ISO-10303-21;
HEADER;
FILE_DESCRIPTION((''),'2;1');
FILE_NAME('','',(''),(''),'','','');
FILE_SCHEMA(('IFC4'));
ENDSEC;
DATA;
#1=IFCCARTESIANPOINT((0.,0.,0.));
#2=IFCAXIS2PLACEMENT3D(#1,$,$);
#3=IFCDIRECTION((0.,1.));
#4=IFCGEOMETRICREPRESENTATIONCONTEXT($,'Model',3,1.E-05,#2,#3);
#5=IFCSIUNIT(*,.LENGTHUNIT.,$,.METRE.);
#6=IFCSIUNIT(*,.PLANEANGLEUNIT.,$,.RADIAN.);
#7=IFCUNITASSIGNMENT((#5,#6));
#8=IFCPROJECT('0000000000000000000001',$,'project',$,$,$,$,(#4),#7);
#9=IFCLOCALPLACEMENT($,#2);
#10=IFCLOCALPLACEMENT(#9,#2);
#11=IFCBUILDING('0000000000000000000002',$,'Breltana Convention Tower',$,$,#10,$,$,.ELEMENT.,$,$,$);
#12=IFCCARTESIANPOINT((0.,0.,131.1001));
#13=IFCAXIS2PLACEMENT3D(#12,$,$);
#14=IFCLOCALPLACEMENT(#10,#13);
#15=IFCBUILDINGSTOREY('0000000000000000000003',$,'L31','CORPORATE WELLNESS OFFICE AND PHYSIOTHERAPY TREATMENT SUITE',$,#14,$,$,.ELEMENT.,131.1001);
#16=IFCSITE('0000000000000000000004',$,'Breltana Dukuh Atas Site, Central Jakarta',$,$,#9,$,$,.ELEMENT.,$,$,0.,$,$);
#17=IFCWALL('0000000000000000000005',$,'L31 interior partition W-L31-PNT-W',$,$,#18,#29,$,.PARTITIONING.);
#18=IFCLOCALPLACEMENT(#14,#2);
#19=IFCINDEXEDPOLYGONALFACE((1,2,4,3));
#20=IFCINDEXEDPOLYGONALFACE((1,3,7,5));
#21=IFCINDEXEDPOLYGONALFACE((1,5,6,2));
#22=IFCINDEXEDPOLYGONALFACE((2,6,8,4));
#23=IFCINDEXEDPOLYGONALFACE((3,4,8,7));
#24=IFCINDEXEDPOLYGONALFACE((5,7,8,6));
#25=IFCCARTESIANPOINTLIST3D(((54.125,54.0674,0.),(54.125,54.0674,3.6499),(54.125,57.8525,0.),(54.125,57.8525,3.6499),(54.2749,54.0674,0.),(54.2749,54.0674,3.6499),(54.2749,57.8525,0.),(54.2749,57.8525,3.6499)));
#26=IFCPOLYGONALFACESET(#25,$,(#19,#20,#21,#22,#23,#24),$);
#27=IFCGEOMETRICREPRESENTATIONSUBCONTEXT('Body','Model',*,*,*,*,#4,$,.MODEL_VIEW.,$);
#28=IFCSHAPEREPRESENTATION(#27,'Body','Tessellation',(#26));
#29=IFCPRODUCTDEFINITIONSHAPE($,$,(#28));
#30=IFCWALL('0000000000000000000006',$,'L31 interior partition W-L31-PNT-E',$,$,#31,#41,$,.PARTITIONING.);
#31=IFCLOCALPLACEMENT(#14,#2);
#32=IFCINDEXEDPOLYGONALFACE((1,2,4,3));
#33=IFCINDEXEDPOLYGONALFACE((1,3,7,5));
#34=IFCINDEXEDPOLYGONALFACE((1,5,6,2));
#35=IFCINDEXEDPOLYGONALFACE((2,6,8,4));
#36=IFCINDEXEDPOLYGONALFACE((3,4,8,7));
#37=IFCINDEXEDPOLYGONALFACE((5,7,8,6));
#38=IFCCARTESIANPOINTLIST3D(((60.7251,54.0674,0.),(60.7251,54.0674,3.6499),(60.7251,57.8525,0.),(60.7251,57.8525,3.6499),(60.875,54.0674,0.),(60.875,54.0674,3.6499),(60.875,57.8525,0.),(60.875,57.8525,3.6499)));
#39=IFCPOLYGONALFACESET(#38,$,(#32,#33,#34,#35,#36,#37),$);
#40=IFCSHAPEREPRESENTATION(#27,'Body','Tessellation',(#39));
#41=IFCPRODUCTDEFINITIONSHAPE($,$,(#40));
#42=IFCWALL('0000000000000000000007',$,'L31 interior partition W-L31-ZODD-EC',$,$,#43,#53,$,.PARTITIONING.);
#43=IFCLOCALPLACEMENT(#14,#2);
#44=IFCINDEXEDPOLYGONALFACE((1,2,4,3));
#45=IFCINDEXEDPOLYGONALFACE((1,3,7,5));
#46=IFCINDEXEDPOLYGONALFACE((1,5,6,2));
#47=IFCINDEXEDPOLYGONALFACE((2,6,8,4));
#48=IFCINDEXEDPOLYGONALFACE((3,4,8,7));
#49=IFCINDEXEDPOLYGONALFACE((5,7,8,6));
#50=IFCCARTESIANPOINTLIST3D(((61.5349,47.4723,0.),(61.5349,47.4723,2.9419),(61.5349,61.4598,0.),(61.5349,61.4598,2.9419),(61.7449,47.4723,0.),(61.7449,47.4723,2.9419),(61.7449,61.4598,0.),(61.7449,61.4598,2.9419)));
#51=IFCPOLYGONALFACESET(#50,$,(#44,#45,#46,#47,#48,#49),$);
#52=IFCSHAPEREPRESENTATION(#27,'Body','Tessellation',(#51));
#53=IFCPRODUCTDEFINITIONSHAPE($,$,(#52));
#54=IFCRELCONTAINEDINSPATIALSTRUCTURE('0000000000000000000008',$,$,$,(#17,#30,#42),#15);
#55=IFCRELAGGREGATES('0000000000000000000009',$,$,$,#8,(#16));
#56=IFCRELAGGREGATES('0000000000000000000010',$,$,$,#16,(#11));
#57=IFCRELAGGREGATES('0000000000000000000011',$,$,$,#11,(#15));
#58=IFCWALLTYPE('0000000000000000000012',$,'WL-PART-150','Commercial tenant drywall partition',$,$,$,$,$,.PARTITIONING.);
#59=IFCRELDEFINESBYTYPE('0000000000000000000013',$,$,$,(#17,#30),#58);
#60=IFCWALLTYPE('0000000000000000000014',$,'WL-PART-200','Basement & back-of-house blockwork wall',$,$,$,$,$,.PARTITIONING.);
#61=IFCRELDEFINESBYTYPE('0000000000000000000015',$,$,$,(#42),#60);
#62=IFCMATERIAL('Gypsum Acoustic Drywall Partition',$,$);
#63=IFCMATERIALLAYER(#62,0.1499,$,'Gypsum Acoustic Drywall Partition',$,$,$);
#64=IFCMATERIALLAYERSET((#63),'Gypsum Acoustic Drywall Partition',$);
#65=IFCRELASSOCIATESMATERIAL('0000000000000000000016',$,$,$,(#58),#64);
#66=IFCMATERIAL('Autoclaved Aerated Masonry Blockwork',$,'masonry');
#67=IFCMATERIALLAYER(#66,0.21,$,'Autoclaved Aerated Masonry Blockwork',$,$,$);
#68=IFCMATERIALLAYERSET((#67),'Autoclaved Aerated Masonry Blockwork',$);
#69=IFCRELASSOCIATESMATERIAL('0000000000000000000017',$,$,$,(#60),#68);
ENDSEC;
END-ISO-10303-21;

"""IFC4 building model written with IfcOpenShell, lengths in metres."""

from ifc_helpers import new_model, si_unit, direction, frame, frame_2d, origin, place, context, subcontext, project, spatial, rectangle, extrude, source, transform, mapped, material, layer, layer_set, type_object, element, save


model = new_model("IFC4")

# Units and contexts
model_context = context("Model", 3, precision=1e-05, world=origin(), true_north=direction((0.0, 1.0)))
body_context = subcontext(model_context, "Body", "Model", "MODEL_VIEW")
ifc_project = project(units=[si_unit("LENGTHUNIT", "METRE"), si_unit("PLANEANGLEUNIT", "RADIAN")], contexts=[model_context])

# Site, building, storey
site_placement = place(None, origin())
site = spatial("IfcSite", under=ifc_project, at=site_placement, Name="Breltana Dukuh Atas Site, Central Jakarta", CompositionType="ELEMENT", RefElevation=0.0)
building_placement = place(site_placement, origin())
building = spatial("IfcBuilding", under=site, at=building_placement, Name="Breltana Convention Tower", CompositionType="ELEMENT")
storey_placement = place(building_placement, frame((0.0, 0.0, 131.1001)))
storey = spatial("IfcBuildingStorey", under=building, at=storey_placement, Name="L31", Description="CORPORATE WELLNESS OFFICE AND PHYSIOTHERAPY TREATMENT SUITE", CompositionType="ELEMENT", Elevation=131.1001)

# Shared definitions
ifc_material_1 = material(Name="Gypsum Acoustic Drywall Partition")
ifc_layer_1 = layer(ifc_material_1, 0.1499, Name="Gypsum Acoustic Drywall Partition")
ifc_layer_set_1 = layer_set([ifc_layer_1], Name="Gypsum Acoustic Drywall Partition")
wall_type_1 = type_object("IfcWallType", Name="WL-PART-150", Description="Commercial tenant drywall partition", PredefinedType="PARTITIONING", material=ifc_layer_set_1)

# Walls
shared_shape_1 = source(origin(), body_context, "Body", "SweptSolid", [
    extrude(rectangle(XDim=3.7852, YDim=0.1499, at=frame_2d((1.8926, 0.0))), origin(), (0.0, 0.0, 1.0), 3.6499),
])
for number, where, z_axis, x_axis, name in (
    (1, (54.2, 54.0674, 0.0), (0.0, 0.0, 1.0), (0.0, 1.0, 0.0), "L31 interior partition W-L31-PNT-W"),
    (2, (60.8, 54.0674, 0.0), (0.0, 0.0, 1.0), (0.0, 1.0, 0.0), "L31 interior partition W-L31-PNT-E"),
):
    element("IfcWall", number, at=place(storey_placement, frame(where, z_axis=z_axis, x_axis=x_axis)), inside=storey, type_object=wall_type_1, Name=name, PredefinedType="PARTITIONING", context=body_context, shape_type="MappedRepresentation", body=[
        mapped(shared_shape_1, transform((0.0, 0.0, 0.0), scale=1.0)),
    ])
ifc_material_2 = material(Name="Autoclaved Aerated Masonry Blockwork", Category="masonry")
ifc_layer_2 = layer(ifc_material_2, 0.21, Name="Autoclaved Aerated Masonry Blockwork")
ifc_layer_set_2 = layer_set([ifc_layer_2], Name="Autoclaved Aerated Masonry Blockwork")
wall_type_2 = type_object("IfcWallType", Name="WL-PART-200", Description="Basement & back-of-house blockwork wall", PredefinedType="PARTITIONING", material=ifc_layer_set_2)
shared_shape_2 = source(origin(), body_context, "Body", "SweptSolid", [
    extrude(rectangle(XDim=13.9875, YDim=0.21, at=frame_2d((6.9937, 0.0))), origin(), (0.0, 0.0, 1.0), 2.9419),
])
wall_1_placement = place(storey_placement, frame((61.6399, 47.4724, 0.0), z_axis=(0.0, 0.0, 1.0), x_axis=(0.0, 1.0, 0.0)))
element("IfcWall", 3, at=wall_1_placement, inside=storey, type_object=wall_type_2, Name="L31 interior partition W-L31-ZODD-EC", PredefinedType="PARTITIONING", context=body_context, shape_type="MappedRepresentation", body=[
    mapped(shared_shape_2, transform((0.0, 0.0, 0.0), scale=1.0)),
])

save(model, "model.ifc")
